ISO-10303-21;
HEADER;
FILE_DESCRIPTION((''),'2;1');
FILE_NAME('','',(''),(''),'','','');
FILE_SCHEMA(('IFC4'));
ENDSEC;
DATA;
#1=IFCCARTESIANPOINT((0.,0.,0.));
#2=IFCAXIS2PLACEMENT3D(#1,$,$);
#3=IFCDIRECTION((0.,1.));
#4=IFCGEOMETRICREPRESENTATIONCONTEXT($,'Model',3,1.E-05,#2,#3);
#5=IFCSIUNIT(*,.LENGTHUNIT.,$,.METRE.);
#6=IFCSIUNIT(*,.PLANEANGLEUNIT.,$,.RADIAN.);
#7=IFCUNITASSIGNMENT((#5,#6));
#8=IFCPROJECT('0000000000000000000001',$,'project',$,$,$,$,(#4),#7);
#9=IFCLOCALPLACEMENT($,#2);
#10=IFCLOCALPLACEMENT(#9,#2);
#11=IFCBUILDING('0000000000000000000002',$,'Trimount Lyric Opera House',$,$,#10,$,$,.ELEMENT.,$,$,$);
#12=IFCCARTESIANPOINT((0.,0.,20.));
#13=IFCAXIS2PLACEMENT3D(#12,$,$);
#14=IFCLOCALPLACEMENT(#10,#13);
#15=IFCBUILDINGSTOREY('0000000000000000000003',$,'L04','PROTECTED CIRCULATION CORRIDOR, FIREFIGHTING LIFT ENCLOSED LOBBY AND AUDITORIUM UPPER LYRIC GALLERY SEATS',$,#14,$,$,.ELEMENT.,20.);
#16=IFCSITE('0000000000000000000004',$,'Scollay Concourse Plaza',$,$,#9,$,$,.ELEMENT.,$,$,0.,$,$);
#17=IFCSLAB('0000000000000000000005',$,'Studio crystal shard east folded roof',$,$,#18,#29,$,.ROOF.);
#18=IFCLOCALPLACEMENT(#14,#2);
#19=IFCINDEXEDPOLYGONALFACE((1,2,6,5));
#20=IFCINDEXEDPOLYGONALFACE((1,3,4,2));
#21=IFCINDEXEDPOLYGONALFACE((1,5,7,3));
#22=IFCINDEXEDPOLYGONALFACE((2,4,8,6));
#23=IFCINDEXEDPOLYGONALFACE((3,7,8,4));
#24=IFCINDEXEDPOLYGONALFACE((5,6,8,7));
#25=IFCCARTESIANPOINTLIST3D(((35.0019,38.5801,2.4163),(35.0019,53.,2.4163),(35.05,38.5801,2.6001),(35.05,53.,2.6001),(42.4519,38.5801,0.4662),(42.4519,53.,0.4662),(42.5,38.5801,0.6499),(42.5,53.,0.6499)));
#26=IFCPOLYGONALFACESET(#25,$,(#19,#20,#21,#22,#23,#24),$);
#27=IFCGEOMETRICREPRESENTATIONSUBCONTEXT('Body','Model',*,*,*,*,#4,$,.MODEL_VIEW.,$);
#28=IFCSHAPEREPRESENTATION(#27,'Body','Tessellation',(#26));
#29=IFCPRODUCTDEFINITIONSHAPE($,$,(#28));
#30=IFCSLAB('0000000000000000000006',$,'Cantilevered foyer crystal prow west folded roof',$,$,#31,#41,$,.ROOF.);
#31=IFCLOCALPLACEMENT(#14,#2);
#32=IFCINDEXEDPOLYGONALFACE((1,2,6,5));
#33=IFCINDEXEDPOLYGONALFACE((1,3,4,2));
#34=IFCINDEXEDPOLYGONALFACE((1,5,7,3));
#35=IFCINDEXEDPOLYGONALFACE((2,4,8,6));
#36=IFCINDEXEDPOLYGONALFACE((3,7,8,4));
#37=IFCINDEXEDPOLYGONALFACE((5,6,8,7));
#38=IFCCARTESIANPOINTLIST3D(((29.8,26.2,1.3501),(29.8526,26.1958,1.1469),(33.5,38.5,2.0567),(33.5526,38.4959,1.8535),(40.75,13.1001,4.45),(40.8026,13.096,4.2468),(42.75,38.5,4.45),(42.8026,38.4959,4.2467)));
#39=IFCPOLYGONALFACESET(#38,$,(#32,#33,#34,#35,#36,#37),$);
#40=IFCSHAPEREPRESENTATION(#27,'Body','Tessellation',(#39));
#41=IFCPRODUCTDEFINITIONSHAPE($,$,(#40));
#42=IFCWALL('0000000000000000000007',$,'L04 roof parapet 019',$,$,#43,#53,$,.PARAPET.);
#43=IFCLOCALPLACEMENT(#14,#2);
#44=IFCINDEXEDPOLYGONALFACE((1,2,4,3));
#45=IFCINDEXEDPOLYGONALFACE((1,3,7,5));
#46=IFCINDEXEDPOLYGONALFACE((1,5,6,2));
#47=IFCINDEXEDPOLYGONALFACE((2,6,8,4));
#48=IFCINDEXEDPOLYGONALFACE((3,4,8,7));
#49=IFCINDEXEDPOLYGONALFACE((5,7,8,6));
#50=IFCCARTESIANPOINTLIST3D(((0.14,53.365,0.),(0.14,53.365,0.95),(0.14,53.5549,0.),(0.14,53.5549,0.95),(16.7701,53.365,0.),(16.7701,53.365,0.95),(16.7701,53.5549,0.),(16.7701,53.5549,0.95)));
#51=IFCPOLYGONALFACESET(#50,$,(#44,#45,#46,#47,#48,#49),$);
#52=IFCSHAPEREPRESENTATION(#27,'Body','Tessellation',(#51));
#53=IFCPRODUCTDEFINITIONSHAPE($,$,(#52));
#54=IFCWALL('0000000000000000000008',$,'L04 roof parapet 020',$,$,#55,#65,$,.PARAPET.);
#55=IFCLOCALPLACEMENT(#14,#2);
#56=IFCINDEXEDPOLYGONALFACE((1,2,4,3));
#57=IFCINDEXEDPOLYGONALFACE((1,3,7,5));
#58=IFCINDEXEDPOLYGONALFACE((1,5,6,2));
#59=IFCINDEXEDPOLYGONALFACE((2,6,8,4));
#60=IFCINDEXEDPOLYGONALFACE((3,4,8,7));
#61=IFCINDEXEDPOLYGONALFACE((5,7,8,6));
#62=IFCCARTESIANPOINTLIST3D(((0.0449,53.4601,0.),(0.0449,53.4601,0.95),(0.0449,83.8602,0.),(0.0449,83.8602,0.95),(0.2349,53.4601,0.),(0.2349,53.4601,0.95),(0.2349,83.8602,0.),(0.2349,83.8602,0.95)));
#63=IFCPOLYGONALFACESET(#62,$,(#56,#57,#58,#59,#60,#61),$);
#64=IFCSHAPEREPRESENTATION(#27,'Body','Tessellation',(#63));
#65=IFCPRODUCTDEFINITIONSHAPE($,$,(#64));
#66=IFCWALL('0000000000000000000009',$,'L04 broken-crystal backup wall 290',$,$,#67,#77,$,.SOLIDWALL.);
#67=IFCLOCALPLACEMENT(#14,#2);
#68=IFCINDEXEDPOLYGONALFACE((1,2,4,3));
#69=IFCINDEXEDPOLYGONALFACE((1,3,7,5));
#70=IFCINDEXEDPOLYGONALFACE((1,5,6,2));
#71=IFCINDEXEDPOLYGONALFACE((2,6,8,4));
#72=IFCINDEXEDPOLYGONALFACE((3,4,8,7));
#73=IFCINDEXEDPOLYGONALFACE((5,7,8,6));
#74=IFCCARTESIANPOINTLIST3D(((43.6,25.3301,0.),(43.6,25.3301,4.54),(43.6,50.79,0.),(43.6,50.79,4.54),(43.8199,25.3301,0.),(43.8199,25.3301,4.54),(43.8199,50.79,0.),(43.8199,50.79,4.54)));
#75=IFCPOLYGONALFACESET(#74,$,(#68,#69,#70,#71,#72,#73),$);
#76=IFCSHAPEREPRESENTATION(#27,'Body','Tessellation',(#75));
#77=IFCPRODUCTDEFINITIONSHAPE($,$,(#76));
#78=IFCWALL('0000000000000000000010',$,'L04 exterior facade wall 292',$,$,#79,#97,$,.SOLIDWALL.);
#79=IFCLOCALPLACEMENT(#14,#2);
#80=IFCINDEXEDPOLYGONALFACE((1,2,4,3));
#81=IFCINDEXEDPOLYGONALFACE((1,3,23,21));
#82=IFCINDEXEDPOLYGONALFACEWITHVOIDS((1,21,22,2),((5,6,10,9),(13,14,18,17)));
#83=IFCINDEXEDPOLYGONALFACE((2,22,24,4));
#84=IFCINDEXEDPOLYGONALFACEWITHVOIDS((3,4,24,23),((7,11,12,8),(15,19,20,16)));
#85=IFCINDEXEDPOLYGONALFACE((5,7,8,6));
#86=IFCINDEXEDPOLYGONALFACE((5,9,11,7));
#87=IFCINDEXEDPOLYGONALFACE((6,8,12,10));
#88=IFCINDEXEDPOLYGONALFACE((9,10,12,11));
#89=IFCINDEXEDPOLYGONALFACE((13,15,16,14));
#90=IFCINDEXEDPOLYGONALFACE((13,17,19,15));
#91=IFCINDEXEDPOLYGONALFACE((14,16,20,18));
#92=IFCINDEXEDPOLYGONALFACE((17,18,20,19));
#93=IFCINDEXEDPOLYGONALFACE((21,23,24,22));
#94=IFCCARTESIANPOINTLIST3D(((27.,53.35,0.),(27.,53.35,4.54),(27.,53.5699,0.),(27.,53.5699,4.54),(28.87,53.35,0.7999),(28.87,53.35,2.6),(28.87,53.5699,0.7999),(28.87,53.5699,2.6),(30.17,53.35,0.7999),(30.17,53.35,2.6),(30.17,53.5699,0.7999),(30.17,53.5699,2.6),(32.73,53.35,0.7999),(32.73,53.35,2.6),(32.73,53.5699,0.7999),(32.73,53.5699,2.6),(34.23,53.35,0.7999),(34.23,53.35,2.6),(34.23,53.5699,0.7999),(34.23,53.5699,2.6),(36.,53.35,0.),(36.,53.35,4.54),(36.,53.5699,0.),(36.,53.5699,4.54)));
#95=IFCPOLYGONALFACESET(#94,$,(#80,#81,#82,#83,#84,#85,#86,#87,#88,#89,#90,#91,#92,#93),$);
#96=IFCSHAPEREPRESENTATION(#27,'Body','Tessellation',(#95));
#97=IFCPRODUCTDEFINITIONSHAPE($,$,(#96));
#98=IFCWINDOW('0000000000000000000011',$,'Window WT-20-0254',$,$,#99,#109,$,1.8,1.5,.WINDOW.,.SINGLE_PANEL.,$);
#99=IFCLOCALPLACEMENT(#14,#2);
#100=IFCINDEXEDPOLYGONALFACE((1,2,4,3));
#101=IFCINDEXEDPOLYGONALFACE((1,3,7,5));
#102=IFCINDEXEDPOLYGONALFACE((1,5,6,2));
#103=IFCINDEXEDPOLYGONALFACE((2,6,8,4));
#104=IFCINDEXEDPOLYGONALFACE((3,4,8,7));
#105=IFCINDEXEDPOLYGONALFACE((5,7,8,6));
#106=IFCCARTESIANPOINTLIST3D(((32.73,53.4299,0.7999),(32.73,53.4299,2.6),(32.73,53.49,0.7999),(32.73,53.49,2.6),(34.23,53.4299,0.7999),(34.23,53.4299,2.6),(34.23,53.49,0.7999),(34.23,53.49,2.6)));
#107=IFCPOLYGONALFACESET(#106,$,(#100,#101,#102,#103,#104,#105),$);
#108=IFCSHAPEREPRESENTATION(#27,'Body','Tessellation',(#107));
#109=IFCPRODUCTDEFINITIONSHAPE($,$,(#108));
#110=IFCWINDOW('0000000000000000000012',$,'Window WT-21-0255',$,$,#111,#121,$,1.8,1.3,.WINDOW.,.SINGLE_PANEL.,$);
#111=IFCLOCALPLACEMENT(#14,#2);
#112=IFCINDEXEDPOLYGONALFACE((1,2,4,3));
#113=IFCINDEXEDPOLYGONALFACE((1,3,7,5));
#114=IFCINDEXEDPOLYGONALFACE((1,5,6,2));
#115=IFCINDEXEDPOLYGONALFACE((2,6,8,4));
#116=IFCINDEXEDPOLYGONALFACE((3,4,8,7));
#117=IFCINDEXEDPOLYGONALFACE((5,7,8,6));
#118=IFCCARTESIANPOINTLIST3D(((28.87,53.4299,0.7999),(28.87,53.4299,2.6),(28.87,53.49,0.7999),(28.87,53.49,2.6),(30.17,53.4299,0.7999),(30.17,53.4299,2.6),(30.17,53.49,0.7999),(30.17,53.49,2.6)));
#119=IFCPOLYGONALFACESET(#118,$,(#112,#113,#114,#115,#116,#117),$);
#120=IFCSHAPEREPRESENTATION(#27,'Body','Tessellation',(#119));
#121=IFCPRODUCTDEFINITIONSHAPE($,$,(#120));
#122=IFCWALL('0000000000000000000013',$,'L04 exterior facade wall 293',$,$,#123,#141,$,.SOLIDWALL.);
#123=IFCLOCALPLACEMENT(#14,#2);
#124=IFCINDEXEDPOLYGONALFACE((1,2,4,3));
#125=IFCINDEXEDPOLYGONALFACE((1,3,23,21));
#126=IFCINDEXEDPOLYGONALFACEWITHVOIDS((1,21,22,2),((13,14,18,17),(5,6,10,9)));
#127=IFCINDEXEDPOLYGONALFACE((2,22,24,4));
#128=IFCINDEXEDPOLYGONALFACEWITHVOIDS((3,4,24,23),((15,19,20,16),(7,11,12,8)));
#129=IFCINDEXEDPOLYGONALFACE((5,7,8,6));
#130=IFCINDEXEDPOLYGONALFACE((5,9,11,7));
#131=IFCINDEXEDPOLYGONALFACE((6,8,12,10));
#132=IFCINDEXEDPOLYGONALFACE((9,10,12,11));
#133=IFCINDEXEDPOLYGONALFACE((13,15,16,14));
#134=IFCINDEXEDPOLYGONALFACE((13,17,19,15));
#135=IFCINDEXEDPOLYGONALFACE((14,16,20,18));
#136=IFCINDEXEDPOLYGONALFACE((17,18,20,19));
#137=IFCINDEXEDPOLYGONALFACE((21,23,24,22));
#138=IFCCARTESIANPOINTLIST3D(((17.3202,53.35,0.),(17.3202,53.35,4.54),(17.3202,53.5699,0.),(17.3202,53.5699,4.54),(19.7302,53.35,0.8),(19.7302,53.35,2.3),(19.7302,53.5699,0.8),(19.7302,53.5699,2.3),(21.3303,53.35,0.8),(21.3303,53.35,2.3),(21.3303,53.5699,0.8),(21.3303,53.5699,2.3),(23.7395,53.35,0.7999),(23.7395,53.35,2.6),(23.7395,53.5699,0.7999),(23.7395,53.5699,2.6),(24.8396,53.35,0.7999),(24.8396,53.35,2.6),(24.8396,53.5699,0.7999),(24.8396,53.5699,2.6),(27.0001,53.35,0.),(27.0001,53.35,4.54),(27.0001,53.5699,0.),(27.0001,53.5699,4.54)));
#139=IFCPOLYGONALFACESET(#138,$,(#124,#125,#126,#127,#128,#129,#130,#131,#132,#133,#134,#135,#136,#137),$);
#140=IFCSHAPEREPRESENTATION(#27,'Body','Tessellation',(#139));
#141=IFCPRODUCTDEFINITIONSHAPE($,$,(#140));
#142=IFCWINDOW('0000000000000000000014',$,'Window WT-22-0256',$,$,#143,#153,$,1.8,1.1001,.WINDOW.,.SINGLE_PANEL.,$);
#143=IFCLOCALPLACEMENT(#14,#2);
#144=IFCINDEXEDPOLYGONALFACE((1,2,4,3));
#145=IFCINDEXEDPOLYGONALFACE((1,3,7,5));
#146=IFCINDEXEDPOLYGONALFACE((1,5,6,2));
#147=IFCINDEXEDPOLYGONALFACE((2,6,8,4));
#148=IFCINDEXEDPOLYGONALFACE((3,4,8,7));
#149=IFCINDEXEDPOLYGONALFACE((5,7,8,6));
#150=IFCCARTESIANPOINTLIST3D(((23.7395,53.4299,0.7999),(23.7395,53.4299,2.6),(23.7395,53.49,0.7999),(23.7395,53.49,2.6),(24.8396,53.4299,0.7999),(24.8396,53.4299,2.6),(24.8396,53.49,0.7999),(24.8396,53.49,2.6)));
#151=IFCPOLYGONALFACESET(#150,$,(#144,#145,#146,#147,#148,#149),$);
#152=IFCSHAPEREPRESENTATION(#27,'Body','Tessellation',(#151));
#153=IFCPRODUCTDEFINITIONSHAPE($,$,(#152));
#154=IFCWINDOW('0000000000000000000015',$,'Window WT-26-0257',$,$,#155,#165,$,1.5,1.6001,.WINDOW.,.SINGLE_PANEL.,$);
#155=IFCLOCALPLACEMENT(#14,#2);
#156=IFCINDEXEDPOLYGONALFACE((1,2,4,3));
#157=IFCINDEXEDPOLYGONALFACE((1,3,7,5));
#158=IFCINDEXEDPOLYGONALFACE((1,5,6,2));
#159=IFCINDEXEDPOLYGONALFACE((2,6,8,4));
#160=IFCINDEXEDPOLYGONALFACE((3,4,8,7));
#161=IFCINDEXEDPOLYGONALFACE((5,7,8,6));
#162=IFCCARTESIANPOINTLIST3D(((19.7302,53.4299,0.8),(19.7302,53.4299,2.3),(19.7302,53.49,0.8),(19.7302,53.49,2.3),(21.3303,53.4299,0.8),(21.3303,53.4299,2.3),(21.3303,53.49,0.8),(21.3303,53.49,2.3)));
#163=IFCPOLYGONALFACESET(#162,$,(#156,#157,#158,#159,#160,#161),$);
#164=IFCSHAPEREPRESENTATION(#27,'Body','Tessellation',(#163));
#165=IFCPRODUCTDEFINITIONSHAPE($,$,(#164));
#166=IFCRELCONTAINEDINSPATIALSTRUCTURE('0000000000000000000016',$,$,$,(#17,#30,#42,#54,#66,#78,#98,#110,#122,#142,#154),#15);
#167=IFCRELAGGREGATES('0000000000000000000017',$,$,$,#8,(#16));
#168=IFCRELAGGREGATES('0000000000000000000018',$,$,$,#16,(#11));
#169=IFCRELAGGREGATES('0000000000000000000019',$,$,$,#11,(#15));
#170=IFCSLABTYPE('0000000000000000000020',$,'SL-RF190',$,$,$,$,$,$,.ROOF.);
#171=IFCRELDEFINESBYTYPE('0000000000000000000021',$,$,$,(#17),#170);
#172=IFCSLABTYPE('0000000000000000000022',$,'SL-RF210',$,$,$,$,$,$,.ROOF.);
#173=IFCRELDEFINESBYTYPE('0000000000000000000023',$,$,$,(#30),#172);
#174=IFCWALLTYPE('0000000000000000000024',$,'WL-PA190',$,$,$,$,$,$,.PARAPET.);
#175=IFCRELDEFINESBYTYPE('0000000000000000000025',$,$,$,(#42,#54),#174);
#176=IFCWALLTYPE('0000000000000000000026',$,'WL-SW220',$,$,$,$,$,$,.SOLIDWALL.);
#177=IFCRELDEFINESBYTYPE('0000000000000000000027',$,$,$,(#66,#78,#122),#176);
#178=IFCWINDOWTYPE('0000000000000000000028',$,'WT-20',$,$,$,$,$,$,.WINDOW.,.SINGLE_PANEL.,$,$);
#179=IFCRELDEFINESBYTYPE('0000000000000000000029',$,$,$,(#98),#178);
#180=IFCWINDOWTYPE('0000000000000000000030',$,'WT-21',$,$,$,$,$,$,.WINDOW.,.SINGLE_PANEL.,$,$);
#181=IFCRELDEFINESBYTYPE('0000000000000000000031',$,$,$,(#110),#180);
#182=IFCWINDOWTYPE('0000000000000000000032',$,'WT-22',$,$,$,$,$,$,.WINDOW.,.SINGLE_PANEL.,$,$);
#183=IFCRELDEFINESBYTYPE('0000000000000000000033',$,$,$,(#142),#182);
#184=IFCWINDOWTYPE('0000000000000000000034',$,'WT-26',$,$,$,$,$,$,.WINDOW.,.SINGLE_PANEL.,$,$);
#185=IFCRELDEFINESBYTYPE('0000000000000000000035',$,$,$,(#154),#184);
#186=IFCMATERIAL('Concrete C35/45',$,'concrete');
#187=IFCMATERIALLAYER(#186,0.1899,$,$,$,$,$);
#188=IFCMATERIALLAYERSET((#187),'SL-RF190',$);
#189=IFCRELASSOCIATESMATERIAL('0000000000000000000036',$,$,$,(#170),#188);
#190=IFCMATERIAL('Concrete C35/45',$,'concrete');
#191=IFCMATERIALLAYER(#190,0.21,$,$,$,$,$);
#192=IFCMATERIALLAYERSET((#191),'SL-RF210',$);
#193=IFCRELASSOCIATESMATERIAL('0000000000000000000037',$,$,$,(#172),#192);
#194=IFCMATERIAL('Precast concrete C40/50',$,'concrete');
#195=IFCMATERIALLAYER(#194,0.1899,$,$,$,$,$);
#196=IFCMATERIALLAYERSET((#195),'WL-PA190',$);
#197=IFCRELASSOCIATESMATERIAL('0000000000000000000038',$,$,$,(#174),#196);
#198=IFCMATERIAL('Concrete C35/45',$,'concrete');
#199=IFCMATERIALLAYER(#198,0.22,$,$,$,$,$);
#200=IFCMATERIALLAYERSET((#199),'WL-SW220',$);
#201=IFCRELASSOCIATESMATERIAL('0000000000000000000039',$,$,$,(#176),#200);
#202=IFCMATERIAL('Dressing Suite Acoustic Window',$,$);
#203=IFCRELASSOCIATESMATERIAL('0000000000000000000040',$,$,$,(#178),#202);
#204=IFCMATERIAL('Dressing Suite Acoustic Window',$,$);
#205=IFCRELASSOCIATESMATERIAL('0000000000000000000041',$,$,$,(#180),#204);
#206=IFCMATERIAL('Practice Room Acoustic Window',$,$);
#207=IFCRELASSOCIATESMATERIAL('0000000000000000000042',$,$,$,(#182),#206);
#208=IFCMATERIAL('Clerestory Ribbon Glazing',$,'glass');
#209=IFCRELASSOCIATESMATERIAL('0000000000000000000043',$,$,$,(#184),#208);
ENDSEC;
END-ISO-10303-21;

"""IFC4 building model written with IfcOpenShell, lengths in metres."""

from ifc_helpers import new_model, si_unit, direction, frame, frame_2d, origin, place, context, subcontext, project, spatial, polyline, rectangle, outline, extrude, material, layer, layer_set, type_object, element, fill, save


model = new_model("IFC4")

# Units and contexts
model_context = context("Model", 3, precision=1e-05, world=origin(), true_north=direction((0.0, 1.0)))
body_context = subcontext(model_context, "Body", "Model", "MODEL_VIEW")
ifc_project = project(units=[si_unit("LENGTHUNIT", "METRE"), si_unit("PLANEANGLEUNIT", "RADIAN")], contexts=[model_context])

# Site, building, storey
site_placement = place(None, origin())
site = spatial("IfcSite", under=ifc_project, at=site_placement, Name="Scollay Concourse Plaza", CompositionType="ELEMENT", RefElevation=0.0)
building_placement = place(site_placement, origin())
building = spatial("IfcBuilding", under=site, at=building_placement, Name="Trimount Lyric Opera House", CompositionType="ELEMENT")
storey_placement = place(building_placement, frame((0.0, 0.0, 20.0)))
storey = spatial("IfcBuildingStorey", under=building, at=storey_placement, Name="L04", Description="PROTECTED CIRCULATION CORRIDOR, FIREFIGHTING LIFT ENCLOSED LOBBY AND AUDITORIUM UPPER LYRIC GALLERY SEATS", CompositionType="ELEMENT", Elevation=20.0)

# Slabs
ifc_material_1 = material(Name="Concrete C35/45", Category="concrete")
ifc_layer_1 = layer(ifc_material_1, 0.1899)
ifc_layer_set_1 = layer_set([ifc_layer_1], Name="SL-RF190")
slab_type_1 = type_object("IfcSlabType", Name="SL-RF190", PredefinedType="ROOF", material=ifc_layer_set_1)
slab_1_placement = place(storey_placement, frame((35.05, 38.5801, 2.6001), z_axis=(0.25324, 0.0, 0.967403), x_axis=(0.967403, 0.0, -0.25324)))
element("IfcSlab", 1, at=slab_1_placement, inside=storey, type_object=slab_type_1, Name="Studio crystal shard east folded roof", PredefinedType="ROOF", context=body_context, shape_type="SweptSolid", body=[
    extrude(outline(polyline([(0.0, 0.0), (7.701, 0.0), (7.701, 14.4199), (0.0, 14.4199), (0.0, 0.0)])), origin(), (0.0, 0.0, -1.0), 0.1899),
])
ifc_material_2 = material(Name="Concrete C35/45", Category="concrete")
ifc_layer_2 = layer(ifc_material_2, 0.21)
ifc_layer_set_2 = layer_set([ifc_layer_2], Name="SL-RF210")
slab_type_2 = type_object("IfcSlabType", Name="SL-RF210", PredefinedType="ROOF", material=ifc_layer_set_2)
slab_2_placement = place(storey_placement, frame((29.8, 26.2, 1.3501), z_axis=(-0.250429, 0.019723, 0.967934), x_axis=(0.631021, -0.754917, 0.178643)))
element("IfcSlab", 2, at=slab_2_placement, inside=storey, type_object=slab_type_2, Name="Cantilevered foyer crystal prow west folded roof", PredefinedType="ROOF", context=body_context, shape_type="SweptSolid", body=[
    extrude(outline(polyline([(0.0, 0.0), (17.3527, 0.0), (-0.5601, 18.1187), (-6.8245, 10.9044), (0.0, 0.0)])), origin(), (0.0, 0.0, -1.0), 0.21),
])

# Walls
ifc_material_3 = material(Name="Precast concrete C40/50", Category="concrete")
ifc_layer_3 = layer(ifc_material_3, 0.1899)
ifc_layer_set_3 = layer_set([ifc_layer_3], Name="WL-PA190")
wall_type_1 = type_object("IfcWallType", Name="WL-PA190", PredefinedType="PARAPET", material=ifc_layer_set_3)
wall_1_placement = place(storey_placement, frame((16.77, 53.46, 0.0), z_axis=(0.0, 0.0, 1.0), x_axis=(-1.0, 0.0, 0.0)))
element("IfcWall", 3, at=wall_1_placement, inside=storey, type_object=wall_type_1, Name="L04 roof parapet 019", PredefinedType="PARAPET", context=body_context, shape_type="SweptSolid", body=[
    extrude(rectangle(XDim=16.6301, YDim=0.1899, at=frame_2d((8.3149, 0.0))), origin(), (0.0, 0.0, 1.0), 0.95),
])
wall_2_placement = place(storey_placement, frame((0.1399, 53.46, 0.0), z_axis=(0.0, 0.0, 1.0), x_axis=(0.0, 1.0, 0.0)))
element("IfcWall", 4, at=wall_2_placement, inside=storey, type_object=wall_type_1, Name="L04 roof parapet 020", PredefinedType="PARAPET", context=body_context, shape_type="SweptSolid", body=[
    extrude(rectangle(XDim=30.4001, YDim=0.1899, at=frame_2d((15.2002, 0.0))), origin(), (0.0, 0.0, 1.0), 0.95),
])
ifc_material_4 = material(Name="Concrete C35/45", Category="concrete")
ifc_layer_4 = layer(ifc_material_4, 0.22)
ifc_layer_set_4 = layer_set([ifc_layer_4], Name="WL-SW220")
wall_type_2 = type_object("IfcWallType", Name="WL-SW220", PredefinedType="SOLIDWALL", material=ifc_layer_set_4)
wall_3_placement = place(storey_placement, frame((43.71, 25.3301, 0.0), z_axis=(0.0, 0.0, 1.0), x_axis=(0.0, 1.0, 0.0)))
element("IfcWall", 5, at=wall_3_placement, inside=storey, type_object=wall_type_2, Name="L04 broken-crystal backup wall 290", PredefinedType="SOLIDWALL", context=body_context, shape_type="SweptSolid", body=[
    extrude(rectangle(XDim=25.46, YDim=0.22, at=frame_2d((12.73, 0.0))), origin(), (0.0, 0.0, 1.0), 4.54),
])

# Walls, openings, windows
wall_4_placement = place(storey_placement, frame((36.0, 53.46, 0.0), z_axis=(0.0, 0.0, 1.0), x_axis=(-1.0, 0.0, 0.0)))
wall_4 = element("IfcWall", 6, at=wall_4_placement, inside=storey, type_object=wall_type_2, Name="L04 exterior facade wall 292", PredefinedType="SOLIDWALL", context=body_context, shape_type="SweptSolid", body=[
    extrude(rectangle(XDim=9.0, YDim=0.22, at=frame_2d((4.5, 0.0))), origin(), (0.0, 0.0, 1.0), 4.54),
])
opening_1_placement = place(wall_4_placement, frame((1.77, 0.0, 0.8)))
opening_1 = element("IfcOpeningElement", 7, at=opening_1_placement, cuts=wall_4, PredefinedType="OPENING", context=body_context, shape_type="SweptSolid", body=[
    extrude(rectangle(XDim=1.5, YDim=1.8, at=frame_2d((0.75, 0.8999))), frame((0.0, 0.1201, 0.0), z_axis=(0.0, -1.0, 0.0), x_axis=(1.0, 0.0, 0.0)), (0.0, 0.0, 1.0), 0.24),
])
opening_2_placement = place(wall_4_placement, frame((5.8301, 0.0, 0.8)))
opening_2 = element("IfcOpeningElement", 8, at=opening_2_placement, cuts=wall_4, PredefinedType="OPENING", context=body_context, shape_type="SweptSolid", body=[
    extrude(rectangle(XDim=1.3, YDim=1.8, at=frame_2d((0.6499, 0.8999))), frame((0.0, 0.1201, 0.0), z_axis=(0.0, -1.0, 0.0), x_axis=(1.0, 0.0, 0.0)), (0.0, 0.0, 1.0), 0.24),
])
ifc_material_5 = material(Name="Dressing Suite Acoustic Window")
window_type_1 = type_object("IfcWindowType", Name="WT-20", PartitioningType="SINGLE_PANEL", PredefinedType="WINDOW", material=ifc_material_5)
window_1_placement = place(opening_1_placement, origin())
window_1 = element("IfcWindow", 9, at=window_1_placement, inside=storey, type_object=window_type_1, Name="Window WT-20-0254", OverallHeight=1.8, OverallWidth=1.5, PartitioningType="SINGLE_PANEL", PredefinedType="WINDOW", context=body_context, shape_type="SweptSolid", body=[
    extrude(rectangle(XDim=1.5, YDim=1.8, at=frame_2d((0.75, 0.8999))), frame((0.0, 0.03, 0.0), z_axis=(0.0, -1.0, 0.0), x_axis=(1.0, 0.0, 0.0)), (0.0, 0.0, 1.0), 0.0601),
])
fill(opening_1, window_1)
ifc_material_6 = material(Name="Dressing Suite Acoustic Window")
window_type_2 = type_object("IfcWindowType", Name="WT-21", PartitioningType="SINGLE_PANEL", PredefinedType="WINDOW", material=ifc_material_6)
window_2_placement = place(opening_2_placement, origin())
window_2 = element("IfcWindow", 10, at=window_2_placement, inside=storey, type_object=window_type_2, Name="Window WT-21-0255", OverallHeight=1.8, OverallWidth=1.3, PartitioningType="SINGLE_PANEL", PredefinedType="WINDOW", context=body_context, shape_type="SweptSolid", body=[
    extrude(rectangle(XDim=1.3, YDim=1.8, at=frame_2d((0.6499, 0.8999))), frame((0.0, 0.03, 0.0), z_axis=(0.0, -1.0, 0.0), x_axis=(1.0, 0.0, 0.0)), (0.0, 0.0, 1.0), 0.0601),
])
fill(opening_2, window_2)
wall_5_placement = place(storey_placement, frame((27.0, 53.46, 0.0), z_axis=(0.0, 0.0, 1.0), x_axis=(-1.0, 0.0, 0.0)))
wall_5 = element("IfcWall", 11, at=wall_5_placement, inside=storey, type_object=wall_type_2, Name="L04 exterior facade wall 293", PredefinedType="SOLIDWALL", context=body_context, shape_type="SweptSolid", body=[
    extrude(rectangle(XDim=9.6799, YDim=0.22, at=frame_2d((4.8398, 0.0))), origin(), (0.0, 0.0, 1.0), 4.54),
])
opening_3_placement = place(wall_5_placement, frame((2.1604, 0.0, 0.8)))
opening_3 = element("IfcOpeningElement", 12, at=opening_3_placement, cuts=wall_5, PredefinedType="OPENING", context=body_context, shape_type="SweptSolid", body=[
    extrude(rectangle(XDim=1.1001, YDim=1.8, at=frame_2d((0.55, 0.8999))), frame((0.0, 0.1201, 0.0), z_axis=(0.0, -1.0, 0.0), x_axis=(1.0, 0.0, 0.0)), (0.0, 0.0, 1.0), 0.24),
])
opening_4_placement = place(wall_5_placement, frame((5.6697, 0.0, 0.8)))
opening_4 = element("IfcOpeningElement", 13, at=opening_4_placement, cuts=wall_5, PredefinedType="OPENING", context=body_context, shape_type="SweptSolid", body=[
    extrude(rectangle(XDim=1.6001, YDim=1.5, at=frame_2d((0.8, 0.75))), frame((0.0, 0.1201, 0.0), z_axis=(0.0, -1.0, 0.0), x_axis=(1.0, 0.0, 0.0)), (0.0, 0.0, 1.0), 0.24),
])
ifc_material_7 = material(Name="Practice Room Acoustic Window")
window_type_3 = type_object("IfcWindowType", Name="WT-22", PartitioningType="SINGLE_PANEL", PredefinedType="WINDOW", material=ifc_material_7)
window_3_placement = place(opening_3_placement, origin())
window_3 = element("IfcWindow", 14, at=window_3_placement, inside=storey, type_object=window_type_3, Name="Window WT-22-0256", OverallHeight=1.8, OverallWidth=1.1001, PartitioningType="SINGLE_PANEL", PredefinedType="WINDOW", context=body_context, shape_type="SweptSolid", body=[
    extrude(rectangle(XDim=1.1001, YDim=1.8, at=frame_2d((0.55, 0.8999))), frame((0.0, 0.03, 0.0), z_axis=(0.0, -1.0, 0.0), x_axis=(1.0, 0.0, 0.0)), (0.0, 0.0, 1.0), 0.0601),
])
fill(opening_3, window_3)
ifc_material_8 = material(Name="Clerestory Ribbon Glazing", Category="glass")
window_type_4 = type_object("IfcWindowType", Name="WT-26", PartitioningType="SINGLE_PANEL", PredefinedType="WINDOW", material=ifc_material_8)
window_4_placement = place(opening_4_placement, origin())
window_4 = element("IfcWindow", 15, at=window_4_placement, inside=storey, type_object=window_type_4, Name="Window WT-26-0257", OverallHeight=1.5, OverallWidth=1.6001, PartitioningType="SINGLE_PANEL", PredefinedType="WINDOW", context=body_context, shape_type="SweptSolid", body=[
    extrude(rectangle(XDim=1.6001, YDim=1.5, at=frame_2d((0.8, 0.75))), frame((0.0, 0.03, 0.0), z_axis=(0.0, -1.0, 0.0), x_axis=(1.0, 0.0, 0.0)), (0.0, 0.0, 1.0), 0.0601),
])
fill(opening_4, window_4)

save(model, "model.ifc")
